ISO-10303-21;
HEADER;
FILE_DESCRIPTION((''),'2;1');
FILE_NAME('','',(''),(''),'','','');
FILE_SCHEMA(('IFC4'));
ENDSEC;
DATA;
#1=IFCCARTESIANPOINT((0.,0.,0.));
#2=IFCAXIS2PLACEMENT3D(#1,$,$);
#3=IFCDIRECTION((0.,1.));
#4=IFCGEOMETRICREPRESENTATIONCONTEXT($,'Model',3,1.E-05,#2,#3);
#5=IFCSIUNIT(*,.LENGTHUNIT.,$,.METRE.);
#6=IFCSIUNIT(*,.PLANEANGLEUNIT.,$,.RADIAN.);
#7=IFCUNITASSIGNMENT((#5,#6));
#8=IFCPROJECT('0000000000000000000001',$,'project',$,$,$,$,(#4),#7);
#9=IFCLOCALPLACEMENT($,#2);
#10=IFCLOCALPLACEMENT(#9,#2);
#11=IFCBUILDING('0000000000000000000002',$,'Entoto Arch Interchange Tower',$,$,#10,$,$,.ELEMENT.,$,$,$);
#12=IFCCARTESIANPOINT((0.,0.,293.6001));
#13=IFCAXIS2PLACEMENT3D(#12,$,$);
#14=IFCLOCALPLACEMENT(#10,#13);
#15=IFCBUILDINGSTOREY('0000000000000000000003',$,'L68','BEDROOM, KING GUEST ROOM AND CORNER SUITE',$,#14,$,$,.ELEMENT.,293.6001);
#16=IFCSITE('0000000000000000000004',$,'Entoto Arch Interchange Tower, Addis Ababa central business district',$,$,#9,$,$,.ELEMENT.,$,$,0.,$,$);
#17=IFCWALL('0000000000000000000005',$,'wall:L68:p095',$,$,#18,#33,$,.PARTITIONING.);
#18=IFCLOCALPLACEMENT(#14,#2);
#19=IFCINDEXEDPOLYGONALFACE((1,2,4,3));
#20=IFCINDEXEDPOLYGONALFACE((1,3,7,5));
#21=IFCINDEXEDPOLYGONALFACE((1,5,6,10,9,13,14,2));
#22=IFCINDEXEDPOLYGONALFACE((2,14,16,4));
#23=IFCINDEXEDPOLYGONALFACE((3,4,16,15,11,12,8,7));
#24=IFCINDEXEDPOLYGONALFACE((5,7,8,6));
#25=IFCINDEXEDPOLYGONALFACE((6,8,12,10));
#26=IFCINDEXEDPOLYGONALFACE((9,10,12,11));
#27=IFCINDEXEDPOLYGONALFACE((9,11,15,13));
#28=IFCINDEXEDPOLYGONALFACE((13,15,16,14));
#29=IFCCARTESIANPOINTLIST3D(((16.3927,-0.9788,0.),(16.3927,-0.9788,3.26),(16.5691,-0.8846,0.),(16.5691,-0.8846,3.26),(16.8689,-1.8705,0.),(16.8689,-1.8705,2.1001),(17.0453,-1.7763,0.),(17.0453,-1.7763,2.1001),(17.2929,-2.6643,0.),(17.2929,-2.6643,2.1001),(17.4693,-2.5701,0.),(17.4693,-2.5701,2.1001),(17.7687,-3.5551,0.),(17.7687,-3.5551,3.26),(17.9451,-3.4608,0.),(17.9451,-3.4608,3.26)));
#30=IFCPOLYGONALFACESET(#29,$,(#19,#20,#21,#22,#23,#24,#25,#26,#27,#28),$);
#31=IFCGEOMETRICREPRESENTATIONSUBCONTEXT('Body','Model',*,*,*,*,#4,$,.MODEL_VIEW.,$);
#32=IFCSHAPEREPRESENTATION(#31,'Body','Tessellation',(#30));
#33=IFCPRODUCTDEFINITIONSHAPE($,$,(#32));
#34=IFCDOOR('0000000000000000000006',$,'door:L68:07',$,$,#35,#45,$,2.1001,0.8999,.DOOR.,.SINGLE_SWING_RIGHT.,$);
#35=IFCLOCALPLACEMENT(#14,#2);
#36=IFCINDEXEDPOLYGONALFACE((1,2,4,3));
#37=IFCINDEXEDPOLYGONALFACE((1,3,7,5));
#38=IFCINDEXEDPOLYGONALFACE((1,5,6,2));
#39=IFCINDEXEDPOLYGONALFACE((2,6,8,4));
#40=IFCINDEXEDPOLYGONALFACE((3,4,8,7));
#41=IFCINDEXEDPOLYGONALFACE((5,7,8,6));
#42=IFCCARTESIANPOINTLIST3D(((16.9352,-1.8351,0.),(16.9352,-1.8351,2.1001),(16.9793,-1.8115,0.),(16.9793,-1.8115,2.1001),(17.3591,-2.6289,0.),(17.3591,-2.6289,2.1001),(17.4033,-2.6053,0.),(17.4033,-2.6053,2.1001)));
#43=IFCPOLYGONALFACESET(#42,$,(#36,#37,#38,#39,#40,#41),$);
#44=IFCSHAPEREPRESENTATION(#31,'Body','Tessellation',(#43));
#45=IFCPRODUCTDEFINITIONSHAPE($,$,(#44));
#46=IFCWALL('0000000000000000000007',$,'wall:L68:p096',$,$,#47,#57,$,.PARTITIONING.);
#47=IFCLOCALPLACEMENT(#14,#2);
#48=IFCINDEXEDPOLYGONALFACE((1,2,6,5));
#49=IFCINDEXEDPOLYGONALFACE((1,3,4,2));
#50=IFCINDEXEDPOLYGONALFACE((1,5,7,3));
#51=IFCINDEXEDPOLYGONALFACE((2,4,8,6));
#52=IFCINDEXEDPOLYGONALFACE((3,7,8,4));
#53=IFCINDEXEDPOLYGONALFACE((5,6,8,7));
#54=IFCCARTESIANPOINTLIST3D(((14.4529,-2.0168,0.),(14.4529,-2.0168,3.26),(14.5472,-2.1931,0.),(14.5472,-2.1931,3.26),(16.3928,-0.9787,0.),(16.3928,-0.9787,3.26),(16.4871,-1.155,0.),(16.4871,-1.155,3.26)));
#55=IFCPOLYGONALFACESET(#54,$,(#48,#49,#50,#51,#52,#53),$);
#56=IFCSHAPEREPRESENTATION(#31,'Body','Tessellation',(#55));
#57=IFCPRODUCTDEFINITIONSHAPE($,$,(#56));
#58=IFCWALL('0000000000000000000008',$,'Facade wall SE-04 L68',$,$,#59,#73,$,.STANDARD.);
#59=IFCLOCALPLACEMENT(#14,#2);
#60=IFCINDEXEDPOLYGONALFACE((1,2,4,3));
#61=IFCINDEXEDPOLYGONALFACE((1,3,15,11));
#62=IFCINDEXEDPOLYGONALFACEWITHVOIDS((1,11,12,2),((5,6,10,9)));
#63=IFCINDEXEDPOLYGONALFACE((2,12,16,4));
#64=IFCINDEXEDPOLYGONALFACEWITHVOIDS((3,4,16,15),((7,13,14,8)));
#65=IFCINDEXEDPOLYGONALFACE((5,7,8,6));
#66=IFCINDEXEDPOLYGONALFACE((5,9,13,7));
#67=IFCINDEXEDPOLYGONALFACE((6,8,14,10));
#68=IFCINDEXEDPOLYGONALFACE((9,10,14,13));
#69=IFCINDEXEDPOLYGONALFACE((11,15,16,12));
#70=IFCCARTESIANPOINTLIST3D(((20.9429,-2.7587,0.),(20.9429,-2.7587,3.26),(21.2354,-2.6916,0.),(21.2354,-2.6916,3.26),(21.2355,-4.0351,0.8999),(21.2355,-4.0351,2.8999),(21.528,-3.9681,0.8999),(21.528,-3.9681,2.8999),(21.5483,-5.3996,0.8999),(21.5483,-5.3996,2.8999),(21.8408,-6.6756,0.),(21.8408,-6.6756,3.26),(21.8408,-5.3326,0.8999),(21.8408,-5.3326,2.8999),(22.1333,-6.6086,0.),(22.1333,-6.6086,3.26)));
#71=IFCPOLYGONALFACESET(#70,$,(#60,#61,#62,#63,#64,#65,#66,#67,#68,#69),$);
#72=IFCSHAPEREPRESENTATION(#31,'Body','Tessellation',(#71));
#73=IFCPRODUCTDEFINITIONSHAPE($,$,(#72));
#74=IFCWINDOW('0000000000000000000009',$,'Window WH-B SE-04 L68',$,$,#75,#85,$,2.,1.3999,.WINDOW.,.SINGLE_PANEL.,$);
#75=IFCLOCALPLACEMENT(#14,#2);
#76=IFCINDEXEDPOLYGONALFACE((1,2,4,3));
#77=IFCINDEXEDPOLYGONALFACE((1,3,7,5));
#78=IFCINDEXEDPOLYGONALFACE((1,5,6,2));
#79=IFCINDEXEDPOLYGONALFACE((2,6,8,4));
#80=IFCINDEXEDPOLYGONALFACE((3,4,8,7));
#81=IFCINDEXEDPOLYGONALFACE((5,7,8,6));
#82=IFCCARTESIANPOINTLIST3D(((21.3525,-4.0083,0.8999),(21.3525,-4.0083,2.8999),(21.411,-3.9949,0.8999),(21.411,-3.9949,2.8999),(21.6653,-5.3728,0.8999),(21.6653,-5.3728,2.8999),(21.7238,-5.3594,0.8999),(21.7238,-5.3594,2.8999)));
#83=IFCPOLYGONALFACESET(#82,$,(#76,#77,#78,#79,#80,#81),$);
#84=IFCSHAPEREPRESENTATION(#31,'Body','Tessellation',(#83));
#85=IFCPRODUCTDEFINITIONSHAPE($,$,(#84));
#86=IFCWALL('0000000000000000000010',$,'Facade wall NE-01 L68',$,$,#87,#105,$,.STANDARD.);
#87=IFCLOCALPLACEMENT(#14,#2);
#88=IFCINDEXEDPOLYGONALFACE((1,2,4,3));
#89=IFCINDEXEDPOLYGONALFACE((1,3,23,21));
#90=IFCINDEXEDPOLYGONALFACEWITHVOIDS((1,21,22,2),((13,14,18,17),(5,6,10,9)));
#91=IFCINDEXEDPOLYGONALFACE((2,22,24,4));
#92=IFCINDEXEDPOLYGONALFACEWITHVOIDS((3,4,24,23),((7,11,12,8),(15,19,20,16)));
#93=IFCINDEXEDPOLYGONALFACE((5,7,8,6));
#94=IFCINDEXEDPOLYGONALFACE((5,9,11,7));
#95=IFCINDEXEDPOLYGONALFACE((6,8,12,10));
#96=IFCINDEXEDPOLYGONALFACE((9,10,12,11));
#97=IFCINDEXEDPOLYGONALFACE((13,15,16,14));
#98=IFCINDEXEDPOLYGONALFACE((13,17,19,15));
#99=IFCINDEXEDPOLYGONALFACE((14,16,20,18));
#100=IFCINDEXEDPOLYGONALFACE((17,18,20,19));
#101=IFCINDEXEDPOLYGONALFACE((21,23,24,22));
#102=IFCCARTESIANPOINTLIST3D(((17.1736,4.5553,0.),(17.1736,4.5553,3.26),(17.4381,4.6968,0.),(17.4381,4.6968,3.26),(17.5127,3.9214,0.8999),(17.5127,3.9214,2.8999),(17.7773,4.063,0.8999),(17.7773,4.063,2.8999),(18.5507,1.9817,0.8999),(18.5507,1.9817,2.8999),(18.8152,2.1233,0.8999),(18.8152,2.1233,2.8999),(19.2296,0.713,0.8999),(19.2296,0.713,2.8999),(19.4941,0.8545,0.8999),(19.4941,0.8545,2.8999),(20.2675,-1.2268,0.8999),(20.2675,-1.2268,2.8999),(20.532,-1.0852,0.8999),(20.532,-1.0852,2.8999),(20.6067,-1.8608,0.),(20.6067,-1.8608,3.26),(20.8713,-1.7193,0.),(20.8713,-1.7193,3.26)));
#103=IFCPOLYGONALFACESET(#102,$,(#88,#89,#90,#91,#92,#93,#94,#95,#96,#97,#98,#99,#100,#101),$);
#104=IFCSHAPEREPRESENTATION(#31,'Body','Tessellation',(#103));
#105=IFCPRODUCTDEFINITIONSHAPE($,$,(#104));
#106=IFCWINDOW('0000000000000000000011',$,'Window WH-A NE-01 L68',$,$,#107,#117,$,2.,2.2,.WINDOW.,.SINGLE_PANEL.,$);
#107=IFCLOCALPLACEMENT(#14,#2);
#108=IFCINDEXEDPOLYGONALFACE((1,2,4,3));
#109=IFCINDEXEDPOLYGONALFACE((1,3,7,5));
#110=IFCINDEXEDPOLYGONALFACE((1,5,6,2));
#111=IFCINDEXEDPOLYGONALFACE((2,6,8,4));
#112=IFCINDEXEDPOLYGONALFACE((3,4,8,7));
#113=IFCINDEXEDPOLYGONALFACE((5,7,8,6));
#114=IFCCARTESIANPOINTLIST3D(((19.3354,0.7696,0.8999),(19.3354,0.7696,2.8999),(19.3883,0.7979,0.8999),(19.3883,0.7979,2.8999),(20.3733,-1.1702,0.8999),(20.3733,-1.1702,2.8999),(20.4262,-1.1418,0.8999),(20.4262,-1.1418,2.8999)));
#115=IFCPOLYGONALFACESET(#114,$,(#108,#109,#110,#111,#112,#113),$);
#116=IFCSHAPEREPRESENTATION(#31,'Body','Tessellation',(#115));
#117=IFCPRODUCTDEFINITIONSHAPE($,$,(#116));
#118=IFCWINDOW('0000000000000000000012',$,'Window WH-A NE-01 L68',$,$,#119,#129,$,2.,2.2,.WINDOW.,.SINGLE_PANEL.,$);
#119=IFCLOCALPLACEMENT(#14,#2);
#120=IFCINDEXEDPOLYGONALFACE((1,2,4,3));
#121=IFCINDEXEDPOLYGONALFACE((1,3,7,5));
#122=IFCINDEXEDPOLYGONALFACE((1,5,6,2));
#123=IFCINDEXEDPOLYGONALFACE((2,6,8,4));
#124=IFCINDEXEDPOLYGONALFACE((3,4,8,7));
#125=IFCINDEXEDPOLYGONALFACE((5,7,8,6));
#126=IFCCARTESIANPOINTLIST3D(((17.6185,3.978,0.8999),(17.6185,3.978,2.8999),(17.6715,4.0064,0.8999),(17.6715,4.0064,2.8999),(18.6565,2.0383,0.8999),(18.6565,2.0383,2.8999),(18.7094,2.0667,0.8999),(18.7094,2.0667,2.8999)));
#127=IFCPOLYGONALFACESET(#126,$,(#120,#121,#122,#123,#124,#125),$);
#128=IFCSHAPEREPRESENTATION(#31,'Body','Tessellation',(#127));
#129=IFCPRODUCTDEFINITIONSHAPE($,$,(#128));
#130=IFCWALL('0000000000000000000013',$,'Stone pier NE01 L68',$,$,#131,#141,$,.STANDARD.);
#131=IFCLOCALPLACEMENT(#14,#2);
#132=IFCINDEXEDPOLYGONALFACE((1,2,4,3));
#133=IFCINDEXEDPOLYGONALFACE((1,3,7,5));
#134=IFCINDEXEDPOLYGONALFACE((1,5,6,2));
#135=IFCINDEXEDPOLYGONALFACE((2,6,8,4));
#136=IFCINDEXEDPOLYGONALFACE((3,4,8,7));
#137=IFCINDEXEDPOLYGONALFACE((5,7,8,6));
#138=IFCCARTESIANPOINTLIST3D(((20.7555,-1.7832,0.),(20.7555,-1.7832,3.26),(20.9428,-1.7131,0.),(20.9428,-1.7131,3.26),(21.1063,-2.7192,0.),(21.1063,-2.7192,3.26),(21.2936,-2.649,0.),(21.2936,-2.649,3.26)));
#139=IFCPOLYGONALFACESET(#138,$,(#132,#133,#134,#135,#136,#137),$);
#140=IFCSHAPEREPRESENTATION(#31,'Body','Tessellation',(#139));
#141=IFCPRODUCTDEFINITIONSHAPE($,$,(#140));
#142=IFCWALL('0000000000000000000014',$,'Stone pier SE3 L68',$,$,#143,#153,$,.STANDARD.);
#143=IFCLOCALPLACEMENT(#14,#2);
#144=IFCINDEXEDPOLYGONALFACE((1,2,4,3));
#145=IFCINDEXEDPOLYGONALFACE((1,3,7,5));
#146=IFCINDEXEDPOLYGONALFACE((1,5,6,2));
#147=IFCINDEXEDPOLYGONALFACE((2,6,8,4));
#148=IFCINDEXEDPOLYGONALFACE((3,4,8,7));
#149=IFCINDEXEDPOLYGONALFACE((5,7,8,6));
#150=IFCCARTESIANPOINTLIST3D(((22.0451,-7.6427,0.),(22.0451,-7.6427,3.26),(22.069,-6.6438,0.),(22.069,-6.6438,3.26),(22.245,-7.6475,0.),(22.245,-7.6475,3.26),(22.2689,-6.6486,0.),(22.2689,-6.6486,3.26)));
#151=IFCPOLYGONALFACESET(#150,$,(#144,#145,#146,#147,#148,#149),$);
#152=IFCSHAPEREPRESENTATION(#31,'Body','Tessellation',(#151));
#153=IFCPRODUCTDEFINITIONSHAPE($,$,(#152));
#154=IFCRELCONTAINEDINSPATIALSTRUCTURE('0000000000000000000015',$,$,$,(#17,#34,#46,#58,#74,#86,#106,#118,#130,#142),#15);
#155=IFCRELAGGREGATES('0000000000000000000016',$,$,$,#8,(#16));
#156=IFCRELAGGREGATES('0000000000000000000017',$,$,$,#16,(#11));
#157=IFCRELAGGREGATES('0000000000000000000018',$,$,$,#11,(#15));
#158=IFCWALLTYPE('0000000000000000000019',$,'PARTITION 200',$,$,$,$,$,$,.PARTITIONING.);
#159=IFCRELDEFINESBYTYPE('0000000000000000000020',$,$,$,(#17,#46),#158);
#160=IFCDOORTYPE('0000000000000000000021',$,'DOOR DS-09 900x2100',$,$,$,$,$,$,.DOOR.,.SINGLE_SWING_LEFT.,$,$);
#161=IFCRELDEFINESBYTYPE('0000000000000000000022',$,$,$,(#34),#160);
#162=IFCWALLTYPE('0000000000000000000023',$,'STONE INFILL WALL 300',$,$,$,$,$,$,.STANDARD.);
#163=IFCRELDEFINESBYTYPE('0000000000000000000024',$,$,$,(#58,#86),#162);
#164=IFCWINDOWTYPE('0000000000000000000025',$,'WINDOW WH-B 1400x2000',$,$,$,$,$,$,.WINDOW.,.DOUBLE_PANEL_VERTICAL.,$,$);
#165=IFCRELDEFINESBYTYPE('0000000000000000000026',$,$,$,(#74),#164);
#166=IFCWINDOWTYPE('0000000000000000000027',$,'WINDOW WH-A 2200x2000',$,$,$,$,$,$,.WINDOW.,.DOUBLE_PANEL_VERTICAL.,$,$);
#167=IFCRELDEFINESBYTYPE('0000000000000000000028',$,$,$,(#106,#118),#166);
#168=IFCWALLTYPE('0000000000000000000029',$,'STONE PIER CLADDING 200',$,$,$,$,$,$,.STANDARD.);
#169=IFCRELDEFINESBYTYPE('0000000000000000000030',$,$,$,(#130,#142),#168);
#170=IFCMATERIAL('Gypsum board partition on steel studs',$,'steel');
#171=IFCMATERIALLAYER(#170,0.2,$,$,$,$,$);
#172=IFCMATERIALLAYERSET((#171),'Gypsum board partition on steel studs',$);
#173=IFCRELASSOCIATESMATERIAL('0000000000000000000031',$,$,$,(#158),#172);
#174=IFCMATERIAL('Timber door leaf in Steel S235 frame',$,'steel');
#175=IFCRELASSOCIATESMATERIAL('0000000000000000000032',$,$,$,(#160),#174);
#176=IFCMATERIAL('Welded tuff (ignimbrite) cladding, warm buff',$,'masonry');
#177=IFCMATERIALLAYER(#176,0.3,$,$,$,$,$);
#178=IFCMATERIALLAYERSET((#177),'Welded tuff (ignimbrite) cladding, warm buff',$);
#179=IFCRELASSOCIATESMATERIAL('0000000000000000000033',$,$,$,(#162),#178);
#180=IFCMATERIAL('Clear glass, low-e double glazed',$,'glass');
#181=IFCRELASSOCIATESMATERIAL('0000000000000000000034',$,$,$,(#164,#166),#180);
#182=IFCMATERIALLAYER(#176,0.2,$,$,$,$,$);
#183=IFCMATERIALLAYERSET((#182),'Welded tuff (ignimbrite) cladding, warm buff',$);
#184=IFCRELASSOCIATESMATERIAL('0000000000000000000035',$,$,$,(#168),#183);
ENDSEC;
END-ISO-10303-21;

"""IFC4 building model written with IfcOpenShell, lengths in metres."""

from ifc_helpers import new_model, si_unit, direction, frame, frame_2d, origin, place, context, subcontext, project, spatial, rectangle, extrude, material, layer, layer_set, type_object, element, fill, save


model = new_model("IFC4")

# Units and contexts
model_context = context("Model", 3, precision=1e-05, world=origin(), true_north=direction((0.0, 1.0)))
body_context = subcontext(model_context, "Body", "Model", "MODEL_VIEW")
ifc_project = project(units=[si_unit("LENGTHUNIT", "METRE"), si_unit("PLANEANGLEUNIT", "RADIAN")], contexts=[model_context])

# Site, building, storey
site_placement = place(None, origin())
site = spatial("IfcSite", under=ifc_project, at=site_placement, Name="Entoto Arch Interchange Tower, Addis Ababa central business district", CompositionType="ELEMENT", RefElevation=0.0)
building_placement = place(site_placement, origin())
building = spatial("IfcBuilding", under=site, at=building_placement, Name="Entoto Arch Interchange Tower", CompositionType="ELEMENT")
storey_placement = place(building_placement, frame((0.0, 0.0, 293.6001)))
storey = spatial("IfcBuildingStorey", under=building, at=storey_placement, Name="L68", Description="BEDROOM, KING GUEST ROOM AND CORNER SUITE", CompositionType="ELEMENT", Elevation=293.6001)

# Shared definitions
ifc_material_1 = material(Name="Gypsum board partition on steel studs", Category="steel")
ifc_layer_1 = layer(ifc_material_1, 0.2)
ifc_layer_set_1 = layer_set([ifc_layer_1], Name="Gypsum board partition on steel studs")
wall_type_1 = type_object("IfcWallType", Name="PARTITION 200", PredefinedType="PARTITIONING", material=ifc_layer_set_1)

# Shared definitions
ifc_material_2 = material(Name="Timber door leaf in Steel S235 frame", Category="steel")

# Wall, opening, door
wall_1_placement = place(storey_placement, frame((17.8569, -3.5081, 0.0), z_axis=(0.0, 0.0, 1.0), x_axis=(-0.471126, 0.882066, 0.0)))
wall_1 = element("IfcWall", 1, at=wall_1_placement, inside=storey, type_object=wall_type_1, Name="wall:L68:p095", PredefinedType="PARTITIONING", context=body_context, shape_type="SweptSolid", body=[
    extrude(rectangle(XDim=2.9207, YDim=0.2, at=frame_2d((1.4604, 0.0))), origin(), (0.0, 0.0, 1.0), 3.26),
])
opening_1_placement = place(wall_1_placement, frame((1.01, 0.0, 0.0)))
opening_1 = element("IfcOpeningElement", 2, at=opening_1_placement, cuts=wall_1, PredefinedType="OPENING", context=body_context, shape_type="SweptSolid", body=[
    extrude(rectangle(XDim=0.8999, YDim=2.1001, at=frame_2d((0.45, 1.05))), frame((0.0, 0.1099, 0.0), z_axis=(0.0, -1.0, 0.0), x_axis=(1.0, 0.0, 0.0)), (0.0, 0.0, 1.0), 0.22),
])
door_type_1 = type_object("IfcDoorType", Name="DOOR DS-09 900x2100", OperationType="SINGLE_SWING_LEFT", PredefinedType="DOOR", material=ifc_material_2)
door_1_placement = place(opening_1_placement, origin())
door_1 = element("IfcDoor", 3, at=door_1_placement, inside=storey, type_object=door_type_1, Name="door:L68:07", OperationType="SINGLE_SWING_RIGHT", OverallHeight=2.1001, OverallWidth=0.8999, PredefinedType="DOOR", context=body_context, shape_type="SweptSolid", body=[
    extrude(rectangle(XDim=0.8999, YDim=2.1001, at=frame_2d((0.45, 1.05))), frame((0.0, 0.0249, 0.0), z_axis=(0.0, -1.0, 0.0), x_axis=(1.0, 0.0, 0.0)), (0.0, 0.0, 1.0), 0.05),
])
fill(opening_1, door_1)

# Wall
wall_2_placement = place(storey_placement, frame((16.4399, -1.0669, 0.0), z_axis=(0.0, 0.0, 1.0), x_axis=(-0.881701, -0.471809, 0.0)))
element("IfcWall", 4, at=wall_2_placement, inside=storey, type_object=wall_type_1, Name="wall:L68:p096", PredefinedType="PARTITIONING", context=body_context, shape_type="SweptSolid", body=[
    extrude(rectangle(XDim=2.2002, YDim=0.2, at=frame_2d((1.1001, 0.0))), origin(), (0.0, 0.0, 1.0), 3.26),
])

# Wall, opening, window
ifc_material_3 = material(Name="Welded tuff (ignimbrite) cladding, warm buff", Category="masonry")
ifc_layer_2 = layer(ifc_material_3, 0.3)
ifc_layer_set_2 = layer_set([ifc_layer_2], Name="Welded tuff (ignimbrite) cladding, warm buff")
wall_type_2 = type_object("IfcWallType", Name="STONE INFILL WALL 300", PredefinedType="STANDARD", material=ifc_layer_set_2)
wall_3_placement = place(storey_placement, frame((21.9871, -6.6421, 0.0), z_axis=(0.0, 0.0, 1.0), x_axis=(-0.223448, 0.974716, 0.0)))
wall_3 = element("IfcWall", 5, at=wall_3_placement, inside=storey, type_object=wall_type_2, Name="Facade wall SE-04 L68", PredefinedType="STANDARD", context=body_context, shape_type="SweptSolid", body=[
    extrude(rectangle(XDim=4.0186, YDim=0.3, at=frame_2d((2.0093, 0.0))), origin(), (0.0, 0.0, 1.0), 3.26),
])
opening_2_placement = place(wall_3_placement, frame((1.3091, 0.0, 0.8999)))
opening_2 = element("IfcOpeningElement", 6, at=opening_2_placement, cuts=wall_3, PredefinedType="OPENING", context=body_context, shape_type="SweptSolid", body=[
    extrude(rectangle(XDim=1.3999, YDim=2.0, at=frame_2d((0.7, 1.0))), frame((0.0, 0.1602, 0.0), z_axis=(0.0, -1.0, 0.0), x_axis=(1.0, 0.0, 0.0)), (0.0, 0.0, 1.0), 0.3201),
])
ifc_material_4 = material(Name="Clear glass, low-e double glazed", Category="glass")
window_type_1 = type_object("IfcWindowType", Name="WINDOW WH-B 1400x2000", PartitioningType="DOUBLE_PANEL_VERTICAL", PredefinedType="WINDOW", material=ifc_material_4)
window_1_placement = place(opening_2_placement, origin())
window_1 = element("IfcWindow", 7, at=window_1_placement, inside=storey, type_object=window_type_1, Name="Window WH-B SE-04 L68", OverallHeight=2.0, OverallWidth=1.3999, PartitioningType="SINGLE_PANEL", PredefinedType="WINDOW", context=body_context, shape_type="SweptSolid", body=[
    extrude(rectangle(XDim=1.3999, YDim=2.0, at=frame_2d((0.7, 1.0))), frame((0.0, 0.03, 0.0), z_axis=(0.0, -1.0, 0.0), x_axis=(1.0, 0.0, 0.0)), (0.0, 0.0, 1.0), 0.0601),
])
fill(opening_2, window_1)

# Wall, openings, windows
wall_4_placement = place(storey_placement, frame((20.739, -1.79, 0.0), z_axis=(0.0, 0.0, 1.0), x_axis=(-0.471789, 0.881711, 0.0)))
wall_4 = element("IfcWall", 8, at=wall_4_placement, inside=storey, type_object=wall_type_2, Name="Facade wall NE-01 L68", PredefinedType="STANDARD", context=body_context, shape_type="SweptSolid", body=[
    extrude(rectangle(XDim=7.2769, YDim=0.3, at=frame_2d((3.6384, 0.0))), origin(), (0.0, 0.0, 1.0), 3.26),
])
opening_3_placement = place(wall_4_placement, frame((0.719, 0.0, 0.8999)))
opening_3 = element("IfcOpeningElement", 9, at=opening_3_placement, cuts=wall_4, PredefinedType="OPENING", context=body_context, shape_type="SweptSolid", body=[
    extrude(rectangle(XDim=2.2, YDim=2.0, at=frame_2d((1.1001, 1.0))), frame((0.0, 0.1602, 0.0), z_axis=(0.0, -1.0, 0.0), x_axis=(1.0, 0.0, 0.0)), (0.0, 0.0, 1.0), 0.3201),
])
opening_4_placement = place(wall_4_placement, frame((4.3579, 0.0, 0.8999)))
opening_4 = element("IfcOpeningElement", 10, at=opening_4_placement, cuts=wall_4, PredefinedType="OPENING", context=body_context, shape_type="SweptSolid", body=[
    extrude(rectangle(XDim=2.2, YDim=2.0, at=frame_2d((1.1001, 1.0))), frame((0.0, 0.1602, 0.0), z_axis=(0.0, -1.0, 0.0), x_axis=(1.0, 0.0, 0.0)), (0.0, 0.0, 1.0), 0.3201),
])
window_type_2 = type_object("IfcWindowType", Name="WINDOW WH-A 2200x2000", PartitioningType="DOUBLE_PANEL_VERTICAL", PredefinedType="WINDOW", material=ifc_material_4)
window_2_placement = place(opening_3_placement, origin())
window_2 = element("IfcWindow", 11, at=window_2_placement, inside=storey, type_object=window_type_2, Name="Window WH-A NE-01 L68", OverallHeight=2.0, OverallWidth=2.2, PartitioningType="SINGLE_PANEL", PredefinedType="WINDOW", context=body_context, shape_type="SweptSolid", body=[
    extrude(rectangle(XDim=2.2, YDim=2.0, at=frame_2d((1.1001, 1.0))), frame((0.0, 0.03, 0.0), z_axis=(0.0, -1.0, 0.0), x_axis=(1.0, 0.0, 0.0)), (0.0, 0.0, 1.0), 0.0601),
])
fill(opening_3, window_2)
window_3_placement = place(opening_4_placement, origin())
window_3 = element("IfcWindow", 12, at=window_3_placement, inside=storey, type_object=window_type_2, Name="Window WH-A NE-01 L68", OverallHeight=2.0, OverallWidth=2.2, PartitioningType="SINGLE_PANEL", PredefinedType="WINDOW", context=body_context, shape_type="SweptSolid", body=[
    extrude(rectangle(XDim=2.2, YDim=2.0, at=frame_2d((1.1001, 1.0))), frame((0.0, 0.03, 0.0), z_axis=(0.0, -1.0, 0.0), x_axis=(1.0, 0.0, 0.0)), (0.0, 0.0, 1.0), 0.0601),
])
fill(opening_4, window_3)

# Walls
ifc_layer_3 = layer(ifc_material_3, 0.2)
ifc_layer_set_3 = layer_set([ifc_layer_3], Name="Welded tuff (ignimbrite) cladding, warm buff")
wall_type_3 = type_object("IfcWallType", Name="STONE PIER CLADDING 200", PredefinedType="STANDARD", material=ifc_layer_set_3)
wall_5_placement = place(storey_placement, frame((21.2, -2.6841, 0.0), z_axis=(0.0, 0.0, 1.0), x_axis=(-0.350963, 0.936389, 0.0)))
element("IfcWall", 13, at=wall_5_placement, inside=storey, type_object=wall_type_3, Name="Stone pier NE01 L68", PredefinedType="STANDARD", context=body_context, shape_type="SweptSolid", body=[
    extrude(rectangle(XDim=0.9995, YDim=0.2, at=frame_2d((0.4998, 0.0))), origin(), (0.0, 0.0, 1.0), 3.26),
])
wall_6_placement = place(storey_placement, frame((22.145, -7.645, 0.0), z_axis=(0.0, 0.0, 1.0), x_axis=(0.023942, 0.999713, 0.0)))
element("IfcWall", 14, at=wall_6_placement, inside=storey, type_object=wall_type_3, Name="Stone pier SE3 L68", PredefinedType="STANDARD", context=body_context, shape_type="SweptSolid", body=[
    extrude(rectangle(XDim=0.9993, YDim=0.2, at=frame_2d((0.4995, 0.0))), origin(), (0.0, 0.0, 1.0), 3.26),
])

save(model, "model.ifc")
